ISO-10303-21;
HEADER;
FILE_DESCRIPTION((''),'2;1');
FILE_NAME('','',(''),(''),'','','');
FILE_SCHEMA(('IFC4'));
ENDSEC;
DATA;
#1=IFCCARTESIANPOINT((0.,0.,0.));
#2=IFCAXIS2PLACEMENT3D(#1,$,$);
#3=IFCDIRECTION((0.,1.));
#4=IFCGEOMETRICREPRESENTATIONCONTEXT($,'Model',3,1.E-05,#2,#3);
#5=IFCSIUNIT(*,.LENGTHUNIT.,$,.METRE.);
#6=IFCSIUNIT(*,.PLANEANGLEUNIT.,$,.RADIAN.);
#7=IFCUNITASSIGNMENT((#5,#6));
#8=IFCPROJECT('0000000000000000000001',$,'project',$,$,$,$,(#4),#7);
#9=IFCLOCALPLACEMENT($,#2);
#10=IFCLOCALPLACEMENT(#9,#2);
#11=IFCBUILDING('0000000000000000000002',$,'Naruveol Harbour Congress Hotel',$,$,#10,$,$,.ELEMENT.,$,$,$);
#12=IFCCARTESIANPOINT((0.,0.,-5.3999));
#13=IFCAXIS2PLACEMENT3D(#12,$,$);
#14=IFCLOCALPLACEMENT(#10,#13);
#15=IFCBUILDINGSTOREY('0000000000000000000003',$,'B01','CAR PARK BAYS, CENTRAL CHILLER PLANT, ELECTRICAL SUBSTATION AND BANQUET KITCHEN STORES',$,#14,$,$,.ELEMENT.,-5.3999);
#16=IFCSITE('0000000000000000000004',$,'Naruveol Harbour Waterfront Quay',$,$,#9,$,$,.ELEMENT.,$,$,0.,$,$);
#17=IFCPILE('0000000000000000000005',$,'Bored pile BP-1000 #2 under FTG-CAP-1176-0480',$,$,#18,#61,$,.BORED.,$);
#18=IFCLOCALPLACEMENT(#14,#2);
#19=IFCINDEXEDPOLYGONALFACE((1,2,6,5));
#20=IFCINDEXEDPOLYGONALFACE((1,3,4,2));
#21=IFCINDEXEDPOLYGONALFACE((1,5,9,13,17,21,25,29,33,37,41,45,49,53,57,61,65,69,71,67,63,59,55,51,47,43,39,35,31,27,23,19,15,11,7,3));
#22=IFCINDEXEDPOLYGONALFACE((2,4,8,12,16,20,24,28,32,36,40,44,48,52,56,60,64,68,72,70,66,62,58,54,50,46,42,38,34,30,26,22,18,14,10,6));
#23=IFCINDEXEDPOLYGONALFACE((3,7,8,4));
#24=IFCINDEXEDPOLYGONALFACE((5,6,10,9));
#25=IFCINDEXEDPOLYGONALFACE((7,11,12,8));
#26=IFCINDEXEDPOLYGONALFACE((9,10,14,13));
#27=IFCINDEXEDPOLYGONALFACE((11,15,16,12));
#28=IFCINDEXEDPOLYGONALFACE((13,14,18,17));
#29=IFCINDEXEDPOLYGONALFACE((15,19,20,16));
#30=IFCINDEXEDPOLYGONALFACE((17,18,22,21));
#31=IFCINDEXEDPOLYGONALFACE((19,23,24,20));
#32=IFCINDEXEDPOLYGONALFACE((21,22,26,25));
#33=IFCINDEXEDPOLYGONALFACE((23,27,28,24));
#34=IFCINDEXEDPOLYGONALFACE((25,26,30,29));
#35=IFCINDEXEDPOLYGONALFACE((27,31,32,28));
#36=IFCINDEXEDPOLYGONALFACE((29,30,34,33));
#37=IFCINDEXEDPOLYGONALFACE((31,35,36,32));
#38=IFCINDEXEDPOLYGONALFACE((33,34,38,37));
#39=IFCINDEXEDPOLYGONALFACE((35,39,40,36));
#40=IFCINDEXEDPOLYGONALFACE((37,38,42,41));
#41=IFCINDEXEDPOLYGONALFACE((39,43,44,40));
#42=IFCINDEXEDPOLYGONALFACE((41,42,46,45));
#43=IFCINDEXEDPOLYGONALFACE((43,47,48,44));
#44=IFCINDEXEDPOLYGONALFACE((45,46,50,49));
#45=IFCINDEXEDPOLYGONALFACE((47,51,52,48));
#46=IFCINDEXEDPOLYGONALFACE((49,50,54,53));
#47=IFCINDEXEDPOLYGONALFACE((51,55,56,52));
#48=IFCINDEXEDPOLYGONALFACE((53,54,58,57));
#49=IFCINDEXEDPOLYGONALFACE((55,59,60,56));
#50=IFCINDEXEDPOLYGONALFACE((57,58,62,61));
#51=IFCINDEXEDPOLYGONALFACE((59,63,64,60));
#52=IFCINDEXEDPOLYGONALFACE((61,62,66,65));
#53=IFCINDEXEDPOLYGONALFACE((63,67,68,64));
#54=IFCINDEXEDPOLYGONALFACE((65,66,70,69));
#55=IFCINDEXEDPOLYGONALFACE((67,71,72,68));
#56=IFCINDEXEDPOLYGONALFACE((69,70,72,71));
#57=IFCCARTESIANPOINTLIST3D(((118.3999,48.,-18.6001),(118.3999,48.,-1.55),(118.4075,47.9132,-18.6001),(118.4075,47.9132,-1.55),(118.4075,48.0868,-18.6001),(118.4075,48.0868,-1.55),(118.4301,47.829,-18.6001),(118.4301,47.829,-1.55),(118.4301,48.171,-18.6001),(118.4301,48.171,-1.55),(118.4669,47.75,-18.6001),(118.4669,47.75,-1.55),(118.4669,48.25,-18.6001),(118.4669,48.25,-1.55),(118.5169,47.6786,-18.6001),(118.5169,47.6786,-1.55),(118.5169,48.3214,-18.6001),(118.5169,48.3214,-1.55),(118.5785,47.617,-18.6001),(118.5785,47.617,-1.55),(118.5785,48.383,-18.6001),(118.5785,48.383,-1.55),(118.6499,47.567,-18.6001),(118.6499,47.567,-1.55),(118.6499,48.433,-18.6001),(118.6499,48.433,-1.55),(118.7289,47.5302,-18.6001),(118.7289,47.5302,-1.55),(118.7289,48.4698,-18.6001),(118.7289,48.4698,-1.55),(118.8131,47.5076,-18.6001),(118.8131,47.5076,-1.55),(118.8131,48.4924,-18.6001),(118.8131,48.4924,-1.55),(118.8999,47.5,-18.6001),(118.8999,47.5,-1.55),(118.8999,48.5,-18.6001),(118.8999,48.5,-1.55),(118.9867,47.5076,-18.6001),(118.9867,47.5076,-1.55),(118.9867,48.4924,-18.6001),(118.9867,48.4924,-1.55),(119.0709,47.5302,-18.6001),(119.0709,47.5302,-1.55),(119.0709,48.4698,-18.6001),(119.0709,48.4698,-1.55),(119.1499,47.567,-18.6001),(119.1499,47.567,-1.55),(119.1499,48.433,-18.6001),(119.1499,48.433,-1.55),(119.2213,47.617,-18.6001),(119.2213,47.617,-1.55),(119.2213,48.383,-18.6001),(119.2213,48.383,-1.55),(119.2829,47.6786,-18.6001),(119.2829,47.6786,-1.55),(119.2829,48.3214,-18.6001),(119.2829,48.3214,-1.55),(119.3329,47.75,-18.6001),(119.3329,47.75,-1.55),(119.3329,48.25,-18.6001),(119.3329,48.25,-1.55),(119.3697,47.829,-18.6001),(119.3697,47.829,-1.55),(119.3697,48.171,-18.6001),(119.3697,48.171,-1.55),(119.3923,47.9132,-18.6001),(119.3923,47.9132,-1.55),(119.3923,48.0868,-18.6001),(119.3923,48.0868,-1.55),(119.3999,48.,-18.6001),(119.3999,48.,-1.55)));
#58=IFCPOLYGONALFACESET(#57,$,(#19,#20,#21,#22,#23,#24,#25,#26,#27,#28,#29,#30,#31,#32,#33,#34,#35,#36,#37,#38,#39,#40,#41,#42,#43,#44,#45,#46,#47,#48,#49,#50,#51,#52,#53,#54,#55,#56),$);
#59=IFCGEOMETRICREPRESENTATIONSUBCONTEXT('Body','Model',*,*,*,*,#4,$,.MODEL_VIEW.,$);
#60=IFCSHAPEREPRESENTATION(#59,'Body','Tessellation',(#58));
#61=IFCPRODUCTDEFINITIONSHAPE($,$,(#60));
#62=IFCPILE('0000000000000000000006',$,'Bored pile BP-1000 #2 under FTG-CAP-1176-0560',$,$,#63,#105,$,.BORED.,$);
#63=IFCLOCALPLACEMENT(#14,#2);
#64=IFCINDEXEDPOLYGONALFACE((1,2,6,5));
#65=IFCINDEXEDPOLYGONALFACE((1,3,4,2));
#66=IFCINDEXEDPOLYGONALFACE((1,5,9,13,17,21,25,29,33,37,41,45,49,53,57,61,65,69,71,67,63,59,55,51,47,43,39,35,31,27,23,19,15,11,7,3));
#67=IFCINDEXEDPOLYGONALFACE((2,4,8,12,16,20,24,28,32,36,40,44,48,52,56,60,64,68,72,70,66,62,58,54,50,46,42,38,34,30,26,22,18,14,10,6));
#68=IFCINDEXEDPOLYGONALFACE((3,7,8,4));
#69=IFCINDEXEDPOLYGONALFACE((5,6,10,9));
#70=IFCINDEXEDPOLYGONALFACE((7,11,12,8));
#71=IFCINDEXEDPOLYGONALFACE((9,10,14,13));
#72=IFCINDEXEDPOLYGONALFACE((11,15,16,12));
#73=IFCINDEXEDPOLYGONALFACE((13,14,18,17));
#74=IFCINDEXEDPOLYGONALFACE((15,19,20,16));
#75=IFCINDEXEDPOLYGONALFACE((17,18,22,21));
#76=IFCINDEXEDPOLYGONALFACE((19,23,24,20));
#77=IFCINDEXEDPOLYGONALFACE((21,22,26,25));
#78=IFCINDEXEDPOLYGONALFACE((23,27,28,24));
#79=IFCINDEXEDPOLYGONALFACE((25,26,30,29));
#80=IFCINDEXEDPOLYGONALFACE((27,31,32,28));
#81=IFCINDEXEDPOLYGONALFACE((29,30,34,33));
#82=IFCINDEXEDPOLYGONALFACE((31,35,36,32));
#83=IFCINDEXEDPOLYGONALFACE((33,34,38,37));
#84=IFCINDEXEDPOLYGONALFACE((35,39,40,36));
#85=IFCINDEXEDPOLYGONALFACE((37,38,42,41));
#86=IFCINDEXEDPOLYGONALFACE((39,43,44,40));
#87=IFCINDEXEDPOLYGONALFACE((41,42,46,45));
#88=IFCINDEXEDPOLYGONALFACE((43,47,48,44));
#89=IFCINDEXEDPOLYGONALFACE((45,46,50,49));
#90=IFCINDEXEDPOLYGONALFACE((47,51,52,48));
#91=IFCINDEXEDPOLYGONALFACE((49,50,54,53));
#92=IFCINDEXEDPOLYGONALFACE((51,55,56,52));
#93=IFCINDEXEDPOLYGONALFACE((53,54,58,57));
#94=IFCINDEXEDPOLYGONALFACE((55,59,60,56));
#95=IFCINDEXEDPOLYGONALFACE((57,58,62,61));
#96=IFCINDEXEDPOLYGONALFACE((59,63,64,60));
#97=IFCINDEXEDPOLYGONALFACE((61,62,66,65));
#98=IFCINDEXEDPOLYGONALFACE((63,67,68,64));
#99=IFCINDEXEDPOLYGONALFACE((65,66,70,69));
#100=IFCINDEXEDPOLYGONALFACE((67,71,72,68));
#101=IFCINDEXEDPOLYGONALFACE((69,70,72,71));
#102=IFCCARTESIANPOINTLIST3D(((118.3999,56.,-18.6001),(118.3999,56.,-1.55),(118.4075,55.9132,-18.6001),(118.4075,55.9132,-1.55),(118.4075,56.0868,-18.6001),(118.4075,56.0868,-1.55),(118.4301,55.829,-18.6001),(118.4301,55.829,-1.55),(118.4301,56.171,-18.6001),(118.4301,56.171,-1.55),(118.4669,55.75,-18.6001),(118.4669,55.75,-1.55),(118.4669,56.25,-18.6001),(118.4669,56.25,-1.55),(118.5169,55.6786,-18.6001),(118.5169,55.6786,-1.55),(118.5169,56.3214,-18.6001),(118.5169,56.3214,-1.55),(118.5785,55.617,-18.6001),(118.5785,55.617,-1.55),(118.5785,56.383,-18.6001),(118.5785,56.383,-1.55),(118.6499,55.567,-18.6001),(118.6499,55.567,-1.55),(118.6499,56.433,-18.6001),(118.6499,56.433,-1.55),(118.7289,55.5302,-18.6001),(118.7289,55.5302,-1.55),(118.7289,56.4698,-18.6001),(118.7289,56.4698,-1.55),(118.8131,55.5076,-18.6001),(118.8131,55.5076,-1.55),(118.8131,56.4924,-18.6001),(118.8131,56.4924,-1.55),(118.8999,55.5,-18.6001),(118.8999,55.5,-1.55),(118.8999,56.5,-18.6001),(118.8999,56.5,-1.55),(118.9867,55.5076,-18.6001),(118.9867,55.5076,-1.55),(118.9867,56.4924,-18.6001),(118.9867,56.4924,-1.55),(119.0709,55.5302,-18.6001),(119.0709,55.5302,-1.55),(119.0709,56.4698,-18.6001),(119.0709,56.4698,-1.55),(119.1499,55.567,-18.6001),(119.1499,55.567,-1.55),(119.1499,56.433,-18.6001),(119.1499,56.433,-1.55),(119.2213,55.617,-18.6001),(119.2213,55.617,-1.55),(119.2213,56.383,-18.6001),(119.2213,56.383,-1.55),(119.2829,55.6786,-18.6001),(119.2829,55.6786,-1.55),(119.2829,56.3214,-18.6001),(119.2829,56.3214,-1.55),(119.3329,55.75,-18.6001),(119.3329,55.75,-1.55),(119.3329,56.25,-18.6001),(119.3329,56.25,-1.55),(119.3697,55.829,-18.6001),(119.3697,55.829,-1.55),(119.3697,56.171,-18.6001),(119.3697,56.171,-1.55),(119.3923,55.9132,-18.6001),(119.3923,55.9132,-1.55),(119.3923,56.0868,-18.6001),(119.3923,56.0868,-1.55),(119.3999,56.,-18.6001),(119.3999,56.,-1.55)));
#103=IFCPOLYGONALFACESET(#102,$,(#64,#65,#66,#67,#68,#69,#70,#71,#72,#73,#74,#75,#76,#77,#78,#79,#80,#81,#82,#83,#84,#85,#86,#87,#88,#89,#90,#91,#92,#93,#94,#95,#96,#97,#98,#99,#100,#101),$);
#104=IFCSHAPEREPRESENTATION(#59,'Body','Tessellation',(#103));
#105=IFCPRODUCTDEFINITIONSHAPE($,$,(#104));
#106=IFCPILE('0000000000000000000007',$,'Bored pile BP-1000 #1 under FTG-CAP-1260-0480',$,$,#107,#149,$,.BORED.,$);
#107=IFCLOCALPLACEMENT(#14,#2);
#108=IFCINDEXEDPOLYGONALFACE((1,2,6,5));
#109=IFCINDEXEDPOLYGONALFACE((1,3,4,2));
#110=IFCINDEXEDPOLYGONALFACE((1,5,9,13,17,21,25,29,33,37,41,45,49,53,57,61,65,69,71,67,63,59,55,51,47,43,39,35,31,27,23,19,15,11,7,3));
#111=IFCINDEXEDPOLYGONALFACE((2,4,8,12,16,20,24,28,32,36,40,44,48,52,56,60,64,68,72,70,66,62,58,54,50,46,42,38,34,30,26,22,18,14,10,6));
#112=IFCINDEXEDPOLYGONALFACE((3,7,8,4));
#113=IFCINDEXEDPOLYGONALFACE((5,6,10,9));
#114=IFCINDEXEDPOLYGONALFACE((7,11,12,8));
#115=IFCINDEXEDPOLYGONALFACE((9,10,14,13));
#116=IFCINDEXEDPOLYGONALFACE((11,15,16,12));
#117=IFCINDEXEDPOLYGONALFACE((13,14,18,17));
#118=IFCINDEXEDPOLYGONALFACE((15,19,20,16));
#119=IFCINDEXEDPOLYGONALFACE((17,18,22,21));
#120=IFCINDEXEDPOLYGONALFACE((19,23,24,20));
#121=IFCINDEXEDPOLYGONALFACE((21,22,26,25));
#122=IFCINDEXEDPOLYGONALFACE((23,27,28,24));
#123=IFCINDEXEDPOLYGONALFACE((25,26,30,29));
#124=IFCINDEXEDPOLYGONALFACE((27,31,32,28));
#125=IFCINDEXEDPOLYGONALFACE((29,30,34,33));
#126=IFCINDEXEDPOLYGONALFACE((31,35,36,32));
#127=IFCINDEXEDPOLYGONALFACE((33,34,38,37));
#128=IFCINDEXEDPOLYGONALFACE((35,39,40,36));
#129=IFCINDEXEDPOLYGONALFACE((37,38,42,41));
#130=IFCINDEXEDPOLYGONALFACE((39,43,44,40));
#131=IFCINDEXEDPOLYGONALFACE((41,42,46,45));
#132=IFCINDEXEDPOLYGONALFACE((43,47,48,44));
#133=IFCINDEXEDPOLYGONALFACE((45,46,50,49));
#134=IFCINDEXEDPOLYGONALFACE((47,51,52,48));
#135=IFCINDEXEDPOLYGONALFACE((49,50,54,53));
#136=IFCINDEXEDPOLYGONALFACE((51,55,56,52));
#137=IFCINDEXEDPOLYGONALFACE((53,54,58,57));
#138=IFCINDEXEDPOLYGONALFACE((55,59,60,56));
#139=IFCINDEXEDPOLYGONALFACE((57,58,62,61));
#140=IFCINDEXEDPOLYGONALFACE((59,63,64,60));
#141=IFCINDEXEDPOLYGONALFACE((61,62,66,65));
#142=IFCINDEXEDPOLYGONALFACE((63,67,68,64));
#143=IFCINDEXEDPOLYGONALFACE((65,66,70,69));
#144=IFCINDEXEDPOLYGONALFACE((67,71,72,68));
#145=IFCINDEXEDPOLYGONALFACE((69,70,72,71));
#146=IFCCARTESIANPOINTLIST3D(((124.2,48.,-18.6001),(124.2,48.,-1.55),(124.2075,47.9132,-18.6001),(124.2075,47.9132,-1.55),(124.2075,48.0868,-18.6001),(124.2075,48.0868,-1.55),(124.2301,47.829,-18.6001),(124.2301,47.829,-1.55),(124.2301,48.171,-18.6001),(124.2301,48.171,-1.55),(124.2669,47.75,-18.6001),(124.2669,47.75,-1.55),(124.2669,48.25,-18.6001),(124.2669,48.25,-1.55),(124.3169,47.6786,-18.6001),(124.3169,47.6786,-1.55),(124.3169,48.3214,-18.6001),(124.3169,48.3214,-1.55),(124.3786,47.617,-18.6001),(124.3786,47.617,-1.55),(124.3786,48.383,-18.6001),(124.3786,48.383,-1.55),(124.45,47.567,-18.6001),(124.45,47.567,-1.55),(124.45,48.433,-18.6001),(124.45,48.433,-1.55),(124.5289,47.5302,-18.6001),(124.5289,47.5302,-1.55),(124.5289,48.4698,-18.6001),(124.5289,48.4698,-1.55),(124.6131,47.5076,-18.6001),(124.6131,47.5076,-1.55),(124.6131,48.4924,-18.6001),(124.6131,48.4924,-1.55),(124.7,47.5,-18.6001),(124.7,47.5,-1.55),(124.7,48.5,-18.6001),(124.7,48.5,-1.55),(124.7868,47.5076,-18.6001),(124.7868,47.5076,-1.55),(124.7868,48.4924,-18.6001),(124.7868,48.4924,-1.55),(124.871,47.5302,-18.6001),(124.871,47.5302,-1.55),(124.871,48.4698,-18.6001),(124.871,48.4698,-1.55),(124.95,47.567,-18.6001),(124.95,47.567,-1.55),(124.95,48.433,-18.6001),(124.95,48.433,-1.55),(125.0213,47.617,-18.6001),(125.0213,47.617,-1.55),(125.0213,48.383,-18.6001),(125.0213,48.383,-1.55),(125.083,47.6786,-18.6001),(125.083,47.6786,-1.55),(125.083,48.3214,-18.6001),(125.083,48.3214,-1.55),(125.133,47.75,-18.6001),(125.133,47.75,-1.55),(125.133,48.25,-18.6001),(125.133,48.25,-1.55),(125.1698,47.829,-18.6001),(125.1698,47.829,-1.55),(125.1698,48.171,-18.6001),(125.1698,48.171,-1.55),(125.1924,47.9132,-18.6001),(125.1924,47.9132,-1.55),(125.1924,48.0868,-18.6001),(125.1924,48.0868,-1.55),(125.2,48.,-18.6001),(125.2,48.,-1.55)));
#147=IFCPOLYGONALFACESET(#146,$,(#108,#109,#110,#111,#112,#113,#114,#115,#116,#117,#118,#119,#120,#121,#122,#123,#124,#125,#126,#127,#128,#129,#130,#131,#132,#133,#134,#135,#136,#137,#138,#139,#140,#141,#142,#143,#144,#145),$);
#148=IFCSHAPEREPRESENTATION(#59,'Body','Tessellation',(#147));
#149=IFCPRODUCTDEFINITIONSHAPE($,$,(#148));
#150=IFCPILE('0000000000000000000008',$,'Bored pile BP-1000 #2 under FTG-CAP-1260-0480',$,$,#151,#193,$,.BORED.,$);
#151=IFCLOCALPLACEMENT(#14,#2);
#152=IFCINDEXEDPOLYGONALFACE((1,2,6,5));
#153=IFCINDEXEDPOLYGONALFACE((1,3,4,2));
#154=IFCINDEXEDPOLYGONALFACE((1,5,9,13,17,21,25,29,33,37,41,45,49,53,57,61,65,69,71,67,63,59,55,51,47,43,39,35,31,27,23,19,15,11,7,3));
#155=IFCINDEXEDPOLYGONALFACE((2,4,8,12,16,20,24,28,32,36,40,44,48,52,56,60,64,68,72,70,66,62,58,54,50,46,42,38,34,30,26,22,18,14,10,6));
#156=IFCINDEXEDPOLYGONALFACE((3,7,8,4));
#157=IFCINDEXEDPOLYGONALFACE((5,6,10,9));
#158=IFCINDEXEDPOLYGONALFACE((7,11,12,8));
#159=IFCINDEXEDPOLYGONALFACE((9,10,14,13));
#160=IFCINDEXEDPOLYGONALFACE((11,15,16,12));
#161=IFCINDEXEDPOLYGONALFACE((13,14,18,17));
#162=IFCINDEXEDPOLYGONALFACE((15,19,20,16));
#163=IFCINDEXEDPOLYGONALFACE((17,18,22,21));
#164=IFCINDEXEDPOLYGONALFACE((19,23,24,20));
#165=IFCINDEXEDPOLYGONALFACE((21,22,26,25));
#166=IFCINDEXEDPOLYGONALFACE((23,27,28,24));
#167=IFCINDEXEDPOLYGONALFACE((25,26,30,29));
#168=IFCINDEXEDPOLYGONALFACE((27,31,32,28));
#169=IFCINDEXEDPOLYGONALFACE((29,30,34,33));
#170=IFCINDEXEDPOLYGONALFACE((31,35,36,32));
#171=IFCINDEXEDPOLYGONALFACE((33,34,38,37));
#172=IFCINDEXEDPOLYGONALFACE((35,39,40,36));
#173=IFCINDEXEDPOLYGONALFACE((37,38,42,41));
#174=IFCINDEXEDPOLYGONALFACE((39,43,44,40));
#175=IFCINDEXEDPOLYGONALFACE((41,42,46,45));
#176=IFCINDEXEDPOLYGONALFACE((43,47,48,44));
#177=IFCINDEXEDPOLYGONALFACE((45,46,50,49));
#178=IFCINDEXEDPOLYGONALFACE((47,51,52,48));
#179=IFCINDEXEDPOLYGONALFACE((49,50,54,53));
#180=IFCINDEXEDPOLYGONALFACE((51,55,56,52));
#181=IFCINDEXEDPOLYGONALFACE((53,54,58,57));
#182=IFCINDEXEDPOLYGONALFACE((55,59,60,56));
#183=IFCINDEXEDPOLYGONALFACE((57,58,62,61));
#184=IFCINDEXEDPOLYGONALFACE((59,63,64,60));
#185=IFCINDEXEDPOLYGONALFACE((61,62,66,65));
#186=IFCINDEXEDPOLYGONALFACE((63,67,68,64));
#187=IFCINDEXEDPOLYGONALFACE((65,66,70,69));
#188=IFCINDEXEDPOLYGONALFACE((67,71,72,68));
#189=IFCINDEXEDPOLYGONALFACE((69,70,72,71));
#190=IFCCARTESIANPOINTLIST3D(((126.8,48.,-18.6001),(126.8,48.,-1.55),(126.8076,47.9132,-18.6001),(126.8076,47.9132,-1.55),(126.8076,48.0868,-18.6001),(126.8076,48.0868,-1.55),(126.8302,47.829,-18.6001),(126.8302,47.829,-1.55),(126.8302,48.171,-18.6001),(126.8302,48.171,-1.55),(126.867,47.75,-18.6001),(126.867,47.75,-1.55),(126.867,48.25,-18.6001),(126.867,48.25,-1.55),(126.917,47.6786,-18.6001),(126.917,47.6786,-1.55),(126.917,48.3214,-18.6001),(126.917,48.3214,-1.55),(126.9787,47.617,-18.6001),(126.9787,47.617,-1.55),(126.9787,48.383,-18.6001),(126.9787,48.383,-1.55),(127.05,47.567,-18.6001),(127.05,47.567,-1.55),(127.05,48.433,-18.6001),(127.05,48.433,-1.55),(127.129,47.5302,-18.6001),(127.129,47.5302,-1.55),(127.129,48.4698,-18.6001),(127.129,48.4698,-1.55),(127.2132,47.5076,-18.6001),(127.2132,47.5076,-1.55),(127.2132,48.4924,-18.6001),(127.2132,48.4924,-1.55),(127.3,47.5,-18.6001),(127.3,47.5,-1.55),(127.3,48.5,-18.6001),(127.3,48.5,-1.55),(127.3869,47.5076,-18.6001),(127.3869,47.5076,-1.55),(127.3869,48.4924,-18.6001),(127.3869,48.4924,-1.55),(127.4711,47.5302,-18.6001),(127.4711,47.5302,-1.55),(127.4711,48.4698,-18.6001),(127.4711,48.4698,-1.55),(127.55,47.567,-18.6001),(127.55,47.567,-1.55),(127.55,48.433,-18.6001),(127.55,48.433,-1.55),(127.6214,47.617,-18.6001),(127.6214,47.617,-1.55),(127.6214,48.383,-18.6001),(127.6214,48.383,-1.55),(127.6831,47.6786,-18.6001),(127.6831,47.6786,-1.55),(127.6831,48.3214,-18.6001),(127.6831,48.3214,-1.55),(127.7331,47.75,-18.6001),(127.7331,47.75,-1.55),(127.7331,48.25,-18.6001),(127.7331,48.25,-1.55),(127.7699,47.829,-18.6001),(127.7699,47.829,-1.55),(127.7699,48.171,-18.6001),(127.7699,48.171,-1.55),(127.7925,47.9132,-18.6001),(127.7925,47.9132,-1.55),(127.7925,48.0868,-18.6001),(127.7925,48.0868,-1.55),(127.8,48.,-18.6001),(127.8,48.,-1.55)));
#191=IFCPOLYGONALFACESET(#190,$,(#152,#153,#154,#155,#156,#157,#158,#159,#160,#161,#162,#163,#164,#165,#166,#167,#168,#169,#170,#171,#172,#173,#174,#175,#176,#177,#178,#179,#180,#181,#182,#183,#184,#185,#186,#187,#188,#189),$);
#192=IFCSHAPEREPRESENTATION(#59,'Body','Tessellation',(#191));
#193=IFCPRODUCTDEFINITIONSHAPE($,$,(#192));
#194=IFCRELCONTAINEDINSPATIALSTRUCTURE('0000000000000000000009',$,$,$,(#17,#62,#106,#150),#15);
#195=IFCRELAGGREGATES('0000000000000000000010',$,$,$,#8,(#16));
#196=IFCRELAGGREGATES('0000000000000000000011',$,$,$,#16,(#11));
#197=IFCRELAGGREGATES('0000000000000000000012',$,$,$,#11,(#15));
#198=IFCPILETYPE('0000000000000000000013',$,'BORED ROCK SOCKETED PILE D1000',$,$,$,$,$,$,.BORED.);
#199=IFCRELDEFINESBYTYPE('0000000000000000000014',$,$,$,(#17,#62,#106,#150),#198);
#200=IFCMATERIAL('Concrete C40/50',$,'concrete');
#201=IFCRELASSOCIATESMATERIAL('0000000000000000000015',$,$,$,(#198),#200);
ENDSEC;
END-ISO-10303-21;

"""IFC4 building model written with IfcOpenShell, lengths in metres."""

from ifc_helpers import new_model, si_unit, direction, frame, origin, origin_2d, place, context, subcontext, project, spatial, circle, extrude, material, material_profile, profile_set, type_object, element, save


model = new_model("IFC4")

# Units and contexts
model_context = context("Model", 3, precision=1e-05, world=origin(), true_north=direction((0.0, 1.0)))
body_context = subcontext(model_context, "Body", "Model", "MODEL_VIEW")
ifc_project = project(units=[si_unit("LENGTHUNIT", "METRE"), si_unit("PLANEANGLEUNIT", "RADIAN")], contexts=[model_context])

# Site, building, storey
site_placement = place(None, origin())
site = spatial("IfcSite", under=ifc_project, at=site_placement, Name="Naruveol Harbour Waterfront Quay", CompositionType="ELEMENT", RefElevation=0.0)
building_placement = place(site_placement, origin())
building = spatial("IfcBuilding", under=site, at=building_placement, Name="Naruveol Harbour Congress Hotel", CompositionType="ELEMENT")
storey_placement = place(building_placement, frame((0.0, 0.0, -5.3999)))
storey = spatial("IfcBuildingStorey", under=building, at=storey_placement, Name="B01", Description="CAR PARK BAYS, CENTRAL CHILLER PLANT, ELECTRICAL SUBSTATION AND BANQUET KITCHEN STORES", CompositionType="ELEMENT", Elevation=-5.3999)

# Piles
ifc_material_1 = material(Name="Concrete C40/50", Category="concrete")
ifc_material_profile_1 = material_profile(ifc_material_1, circle(Radius=0.5, at=origin_2d()), Name="BP-1000")
ifc_profile_set_1 = profile_set([ifc_material_profile_1], Name="Concrete C40/50")
pile_type = type_object("IfcPileType", Name="BORED ROCK SOCKETED PILE D1000", PredefinedType="BORED", material=ifc_profile_set_1)
for number, where, z_axis, x_axis, name in (
    (1, (118.8999, 48.0, -1.55), (0.0, 0.0, -1.0), (1.0, 0.0, 0.0), "Bored pile BP-1000 #2 under FTG-CAP-1176-0480"),
    (2, (118.8999, 56.0, -1.55), (0.0, 0.0, -1.0), (1.0, 0.0, 0.0), "Bored pile BP-1000 #2 under FTG-CAP-1176-0560"),
    (3, (124.7, 48.0, -1.55), (0.0, 0.0, -1.0), (1.0, 0.0, 0.0), "Bored pile BP-1000 #1 under FTG-CAP-1260-0480"),
    (4, (127.3, 48.0, -1.55), (0.0, 0.0, -1.0), (1.0, 0.0, 0.0), "Bored pile BP-1000 #2 under FTG-CAP-1260-0480"),
):
    element("IfcPile", number, at=place(storey_placement, frame(where, z_axis=z_axis, x_axis=x_axis)), inside=storey, type_object=pile_type, Name=name, PredefinedType="BORED", context=body_context, shape_type="SweptSolid", body=[
        extrude(circle(Radius=0.5, at=origin_2d()), origin(), (0.0, 0.0, 1.0), 17.05),
    ])

save(model, "model.ifc")
